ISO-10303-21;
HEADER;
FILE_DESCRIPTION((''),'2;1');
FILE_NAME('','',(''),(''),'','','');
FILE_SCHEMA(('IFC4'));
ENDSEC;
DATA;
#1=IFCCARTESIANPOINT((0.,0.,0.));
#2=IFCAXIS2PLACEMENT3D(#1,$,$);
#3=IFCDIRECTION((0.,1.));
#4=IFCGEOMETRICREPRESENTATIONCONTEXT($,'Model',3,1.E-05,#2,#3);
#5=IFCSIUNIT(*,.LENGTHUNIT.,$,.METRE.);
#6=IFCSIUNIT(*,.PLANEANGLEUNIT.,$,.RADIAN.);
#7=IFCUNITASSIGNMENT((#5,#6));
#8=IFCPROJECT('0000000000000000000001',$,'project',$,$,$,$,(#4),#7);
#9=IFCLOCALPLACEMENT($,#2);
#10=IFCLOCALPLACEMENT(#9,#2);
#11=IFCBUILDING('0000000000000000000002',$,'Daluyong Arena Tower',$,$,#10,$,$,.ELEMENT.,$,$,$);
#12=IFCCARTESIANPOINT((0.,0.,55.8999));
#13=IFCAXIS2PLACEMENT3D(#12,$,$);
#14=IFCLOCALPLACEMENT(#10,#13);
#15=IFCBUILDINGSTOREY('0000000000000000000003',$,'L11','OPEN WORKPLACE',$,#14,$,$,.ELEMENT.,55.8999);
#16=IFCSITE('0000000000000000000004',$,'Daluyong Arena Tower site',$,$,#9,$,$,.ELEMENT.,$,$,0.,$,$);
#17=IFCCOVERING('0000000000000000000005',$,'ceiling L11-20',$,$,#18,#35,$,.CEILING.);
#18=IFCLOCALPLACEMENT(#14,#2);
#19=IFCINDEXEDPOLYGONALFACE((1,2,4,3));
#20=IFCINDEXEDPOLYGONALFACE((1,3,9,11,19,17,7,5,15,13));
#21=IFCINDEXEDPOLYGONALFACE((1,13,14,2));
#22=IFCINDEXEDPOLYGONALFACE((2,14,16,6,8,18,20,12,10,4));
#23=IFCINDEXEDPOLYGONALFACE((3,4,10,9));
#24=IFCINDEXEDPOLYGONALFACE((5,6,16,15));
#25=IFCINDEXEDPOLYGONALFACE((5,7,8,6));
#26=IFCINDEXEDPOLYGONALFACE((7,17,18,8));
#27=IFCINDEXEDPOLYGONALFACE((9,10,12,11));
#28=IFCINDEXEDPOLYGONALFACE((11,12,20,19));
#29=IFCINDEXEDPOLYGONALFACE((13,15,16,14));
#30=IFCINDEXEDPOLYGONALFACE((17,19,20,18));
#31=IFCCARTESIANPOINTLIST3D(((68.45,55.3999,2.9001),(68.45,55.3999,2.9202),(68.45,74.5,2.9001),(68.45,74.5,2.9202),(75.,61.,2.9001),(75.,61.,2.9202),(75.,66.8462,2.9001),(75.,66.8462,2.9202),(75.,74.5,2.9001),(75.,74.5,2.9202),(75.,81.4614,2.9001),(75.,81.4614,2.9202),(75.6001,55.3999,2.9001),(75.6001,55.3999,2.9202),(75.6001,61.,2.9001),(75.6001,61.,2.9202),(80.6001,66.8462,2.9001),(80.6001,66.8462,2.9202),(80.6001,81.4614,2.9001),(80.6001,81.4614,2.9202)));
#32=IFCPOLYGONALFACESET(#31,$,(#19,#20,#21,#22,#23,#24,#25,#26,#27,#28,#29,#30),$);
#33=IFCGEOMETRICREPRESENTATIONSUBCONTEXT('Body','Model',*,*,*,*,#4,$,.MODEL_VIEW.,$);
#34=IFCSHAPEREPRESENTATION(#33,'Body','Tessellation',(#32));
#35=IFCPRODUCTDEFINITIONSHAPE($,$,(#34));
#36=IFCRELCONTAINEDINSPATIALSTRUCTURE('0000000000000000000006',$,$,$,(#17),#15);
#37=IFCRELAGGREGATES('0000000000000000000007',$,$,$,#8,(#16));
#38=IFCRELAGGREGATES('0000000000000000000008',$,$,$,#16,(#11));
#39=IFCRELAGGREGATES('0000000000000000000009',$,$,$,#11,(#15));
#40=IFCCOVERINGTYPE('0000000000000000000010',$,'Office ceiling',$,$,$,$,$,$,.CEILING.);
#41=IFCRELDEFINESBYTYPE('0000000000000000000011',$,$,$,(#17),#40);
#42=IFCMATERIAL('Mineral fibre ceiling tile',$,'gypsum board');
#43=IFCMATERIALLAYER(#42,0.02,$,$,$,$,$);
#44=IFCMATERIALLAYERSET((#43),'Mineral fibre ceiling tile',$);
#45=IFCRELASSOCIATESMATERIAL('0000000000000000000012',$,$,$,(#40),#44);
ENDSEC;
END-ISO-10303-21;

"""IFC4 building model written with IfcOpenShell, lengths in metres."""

from ifc_helpers import new_model, si_unit, direction, frame, origin, place, context, subcontext, project, spatial, polyline, outline, extrude, material, layer, layer_set, type_object, element, save


model = new_model("IFC4")

# Units and contexts
model_context = context("Model", 3, precision=1e-05, world=origin(), true_north=direction((0.0, 1.0)))
body_context = subcontext(model_context, "Body", "Model", "MODEL_VIEW")
ifc_project = project(units=[si_unit("LENGTHUNIT", "METRE"), si_unit("PLANEANGLEUNIT", "RADIAN")], contexts=[model_context])

# Site, building, storey
site_placement = place(None, origin())
site = spatial("IfcSite", under=ifc_project, at=site_placement, Name="Daluyong Arena Tower site", CompositionType="ELEMENT", RefElevation=0.0)
building_placement = place(site_placement, origin())
building = spatial("IfcBuilding", under=site, at=building_placement, Name="Daluyong Arena Tower", CompositionType="ELEMENT")
storey_placement = place(building_placement, frame((0.0, 0.0, 55.8999)))
storey = spatial("IfcBuildingStorey", under=building, at=storey_placement, Name="L11", Description="OPEN WORKPLACE", CompositionType="ELEMENT", Elevation=55.8999)

# Covering
ifc_material_1 = material(Name="Mineral fibre ceiling tile", Category="gypsum board")
ifc_layer_1 = layer(ifc_material_1, 0.02)
ifc_layer_set_1 = layer_set([ifc_layer_1], Name="Mineral fibre ceiling tile")
covering_type = type_object("IfcCoveringType", Name="Office ceiling", PredefinedType="CEILING", material=ifc_layer_set_1)
covering_1_placement = place(storey_placement, frame((0.0, 0.0, 2.9001)))
element("IfcCovering", 1, at=covering_1_placement, inside=storey, type_object=covering_type, Name="ceiling L11-20", PredefinedType="CEILING", context=body_context, shape_type="SweptSolid", body=[
    extrude(outline(polyline([(80.6001, 66.8462), (80.6001, 81.4614), (75.0, 81.4614), (75.0, 74.5), (68.45, 74.5), (68.45, 55.3999), (75.6001, 55.3999), (75.6001, 61.0), (75.0, 61.0), (75.0, 66.8462), (80.6001, 66.8462)])), origin(), (0.0, 0.0, 1.0), 0.02),
])

save(model, "model.ifc")
